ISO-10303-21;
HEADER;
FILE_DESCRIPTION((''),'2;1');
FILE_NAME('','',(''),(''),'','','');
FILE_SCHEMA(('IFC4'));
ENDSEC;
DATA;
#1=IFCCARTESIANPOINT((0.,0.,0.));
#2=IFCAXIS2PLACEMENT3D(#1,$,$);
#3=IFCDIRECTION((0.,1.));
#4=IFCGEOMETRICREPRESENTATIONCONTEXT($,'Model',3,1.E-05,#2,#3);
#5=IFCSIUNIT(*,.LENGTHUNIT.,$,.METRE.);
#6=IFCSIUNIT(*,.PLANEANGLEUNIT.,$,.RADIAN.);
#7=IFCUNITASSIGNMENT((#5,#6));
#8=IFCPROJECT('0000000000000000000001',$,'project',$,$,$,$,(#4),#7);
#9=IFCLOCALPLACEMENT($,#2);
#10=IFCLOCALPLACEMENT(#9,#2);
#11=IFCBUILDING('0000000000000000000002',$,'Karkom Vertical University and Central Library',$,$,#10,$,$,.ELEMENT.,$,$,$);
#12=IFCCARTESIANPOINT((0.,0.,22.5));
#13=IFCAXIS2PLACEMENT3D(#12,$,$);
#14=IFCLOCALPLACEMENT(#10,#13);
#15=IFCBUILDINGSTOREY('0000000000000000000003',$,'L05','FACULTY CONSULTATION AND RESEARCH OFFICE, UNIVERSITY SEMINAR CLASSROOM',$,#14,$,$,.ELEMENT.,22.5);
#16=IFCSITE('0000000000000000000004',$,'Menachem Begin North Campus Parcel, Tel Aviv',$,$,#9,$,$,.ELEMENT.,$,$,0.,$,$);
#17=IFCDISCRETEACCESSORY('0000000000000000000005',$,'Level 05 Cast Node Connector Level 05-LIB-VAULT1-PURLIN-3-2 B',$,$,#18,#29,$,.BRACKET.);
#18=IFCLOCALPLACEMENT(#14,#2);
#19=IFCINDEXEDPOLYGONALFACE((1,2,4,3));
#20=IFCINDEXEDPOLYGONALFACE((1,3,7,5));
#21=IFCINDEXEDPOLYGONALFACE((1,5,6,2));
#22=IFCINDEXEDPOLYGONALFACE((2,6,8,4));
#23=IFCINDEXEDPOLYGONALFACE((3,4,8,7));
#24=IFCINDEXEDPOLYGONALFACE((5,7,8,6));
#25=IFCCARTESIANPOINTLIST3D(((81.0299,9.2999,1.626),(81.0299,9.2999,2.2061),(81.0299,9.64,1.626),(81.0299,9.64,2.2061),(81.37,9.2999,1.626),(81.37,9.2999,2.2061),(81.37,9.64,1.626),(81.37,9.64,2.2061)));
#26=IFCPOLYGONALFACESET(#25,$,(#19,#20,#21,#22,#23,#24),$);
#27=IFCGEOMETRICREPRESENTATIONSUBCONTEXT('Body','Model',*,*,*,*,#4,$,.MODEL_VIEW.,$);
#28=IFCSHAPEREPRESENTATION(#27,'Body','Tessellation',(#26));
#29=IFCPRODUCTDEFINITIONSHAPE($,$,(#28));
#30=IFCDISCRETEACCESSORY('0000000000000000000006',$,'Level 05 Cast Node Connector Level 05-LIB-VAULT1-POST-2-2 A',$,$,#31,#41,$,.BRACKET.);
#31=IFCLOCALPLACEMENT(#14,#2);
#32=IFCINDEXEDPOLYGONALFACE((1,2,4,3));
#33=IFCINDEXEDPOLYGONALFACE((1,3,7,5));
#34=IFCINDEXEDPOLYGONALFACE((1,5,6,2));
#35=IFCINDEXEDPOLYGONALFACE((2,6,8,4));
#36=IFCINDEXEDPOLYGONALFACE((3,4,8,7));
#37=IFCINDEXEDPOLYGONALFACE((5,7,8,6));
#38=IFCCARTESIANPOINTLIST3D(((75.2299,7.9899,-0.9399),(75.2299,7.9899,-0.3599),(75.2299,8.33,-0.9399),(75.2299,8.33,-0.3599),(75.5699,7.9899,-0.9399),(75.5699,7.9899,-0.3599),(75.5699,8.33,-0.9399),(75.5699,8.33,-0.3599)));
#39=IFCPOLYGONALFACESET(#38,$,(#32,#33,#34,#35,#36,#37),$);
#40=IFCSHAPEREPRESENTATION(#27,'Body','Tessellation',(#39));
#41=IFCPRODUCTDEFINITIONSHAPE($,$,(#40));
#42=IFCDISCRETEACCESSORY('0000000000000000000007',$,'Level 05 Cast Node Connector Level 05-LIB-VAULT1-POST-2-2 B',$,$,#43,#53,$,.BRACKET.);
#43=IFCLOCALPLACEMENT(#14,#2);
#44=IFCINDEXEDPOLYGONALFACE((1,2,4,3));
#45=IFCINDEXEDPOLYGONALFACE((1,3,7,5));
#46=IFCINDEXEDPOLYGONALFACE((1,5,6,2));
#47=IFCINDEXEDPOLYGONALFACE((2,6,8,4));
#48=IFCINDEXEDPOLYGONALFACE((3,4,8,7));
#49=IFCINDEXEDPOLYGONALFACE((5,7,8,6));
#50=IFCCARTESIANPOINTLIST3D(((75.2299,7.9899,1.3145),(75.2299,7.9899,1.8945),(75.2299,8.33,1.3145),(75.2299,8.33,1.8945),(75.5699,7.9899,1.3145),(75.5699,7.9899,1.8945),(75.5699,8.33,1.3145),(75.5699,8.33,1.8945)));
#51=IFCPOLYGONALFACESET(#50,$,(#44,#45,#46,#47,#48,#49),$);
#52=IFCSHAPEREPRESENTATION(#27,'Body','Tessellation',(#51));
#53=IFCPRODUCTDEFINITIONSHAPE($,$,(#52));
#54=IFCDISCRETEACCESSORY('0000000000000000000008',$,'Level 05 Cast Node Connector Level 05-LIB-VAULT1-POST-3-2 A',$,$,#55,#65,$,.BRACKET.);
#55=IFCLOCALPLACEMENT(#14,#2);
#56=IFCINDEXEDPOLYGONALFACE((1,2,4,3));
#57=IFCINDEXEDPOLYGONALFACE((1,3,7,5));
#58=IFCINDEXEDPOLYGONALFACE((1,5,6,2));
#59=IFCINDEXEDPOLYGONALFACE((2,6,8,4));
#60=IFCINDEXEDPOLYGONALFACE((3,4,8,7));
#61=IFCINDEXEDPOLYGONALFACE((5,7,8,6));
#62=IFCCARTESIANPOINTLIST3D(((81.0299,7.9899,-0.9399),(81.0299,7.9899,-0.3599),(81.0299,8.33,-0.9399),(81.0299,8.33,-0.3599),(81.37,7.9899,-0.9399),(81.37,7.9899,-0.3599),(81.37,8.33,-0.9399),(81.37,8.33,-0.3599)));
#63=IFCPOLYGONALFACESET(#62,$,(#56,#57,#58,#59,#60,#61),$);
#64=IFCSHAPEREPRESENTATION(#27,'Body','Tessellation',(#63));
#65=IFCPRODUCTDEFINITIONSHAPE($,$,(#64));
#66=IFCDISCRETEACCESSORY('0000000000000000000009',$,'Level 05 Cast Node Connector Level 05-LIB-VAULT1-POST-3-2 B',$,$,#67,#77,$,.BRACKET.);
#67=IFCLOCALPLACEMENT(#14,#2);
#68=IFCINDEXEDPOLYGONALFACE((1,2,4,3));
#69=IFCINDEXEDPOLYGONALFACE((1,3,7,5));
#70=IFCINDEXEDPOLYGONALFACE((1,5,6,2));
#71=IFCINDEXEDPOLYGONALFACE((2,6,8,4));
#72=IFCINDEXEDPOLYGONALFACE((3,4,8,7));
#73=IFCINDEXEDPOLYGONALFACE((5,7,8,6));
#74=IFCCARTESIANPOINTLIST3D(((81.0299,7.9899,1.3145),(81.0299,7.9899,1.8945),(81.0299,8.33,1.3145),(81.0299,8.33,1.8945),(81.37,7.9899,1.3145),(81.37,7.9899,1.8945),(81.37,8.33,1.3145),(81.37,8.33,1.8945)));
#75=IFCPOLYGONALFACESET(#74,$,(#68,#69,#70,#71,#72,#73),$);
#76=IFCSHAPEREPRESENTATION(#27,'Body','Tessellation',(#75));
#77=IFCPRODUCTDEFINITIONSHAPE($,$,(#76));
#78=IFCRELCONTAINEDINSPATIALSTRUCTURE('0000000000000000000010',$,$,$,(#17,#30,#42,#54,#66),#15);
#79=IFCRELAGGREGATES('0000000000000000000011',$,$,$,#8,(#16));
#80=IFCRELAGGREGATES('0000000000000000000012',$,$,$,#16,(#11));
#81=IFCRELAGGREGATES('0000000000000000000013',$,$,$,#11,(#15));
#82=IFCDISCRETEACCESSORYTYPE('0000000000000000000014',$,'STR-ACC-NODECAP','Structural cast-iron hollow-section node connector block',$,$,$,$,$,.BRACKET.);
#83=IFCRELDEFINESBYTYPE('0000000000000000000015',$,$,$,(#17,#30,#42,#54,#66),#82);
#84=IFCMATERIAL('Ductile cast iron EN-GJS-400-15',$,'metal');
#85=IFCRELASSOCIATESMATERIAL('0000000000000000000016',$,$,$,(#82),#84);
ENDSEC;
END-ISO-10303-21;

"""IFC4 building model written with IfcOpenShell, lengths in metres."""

from ifc_helpers import new_model, si_unit, direction, frame, origin, origin_with_axes, origin_2d, place, context, subcontext, project, spatial, rectangle, extrude, source, transform, mapped, material, type_object, element, save


model = new_model("IFC4")

# Units and contexts
model_context = context("Model", 3, precision=1e-05, world=origin(), true_north=direction((0.0, 1.0)))
body_context = subcontext(model_context, "Body", "Model", "MODEL_VIEW")
ifc_project = project(units=[si_unit("LENGTHUNIT", "METRE"), si_unit("PLANEANGLEUNIT", "RADIAN")], contexts=[model_context])

# Site, building, storey
site_placement = place(None, origin())
site = spatial("IfcSite", under=ifc_project, at=site_placement, Name="Menachem Begin North Campus Parcel, Tel Aviv", CompositionType="ELEMENT", RefElevation=0.0)
building_placement = place(site_placement, origin())
building = spatial("IfcBuilding", under=site, at=building_placement, Name="Karkom Vertical University and Central Library", CompositionType="ELEMENT")
storey_placement = place(building_placement, frame((0.0, 0.0, 22.5)))
storey = spatial("IfcBuildingStorey", under=building, at=storey_placement, Name="L05", Description="FACULTY CONSULTATION AND RESEARCH OFFICE, UNIVERSITY SEMINAR CLASSROOM", CompositionType="ELEMENT", Elevation=22.5)

# Discrete accessories
ifc_material_1 = material(Name="Ductile cast iron EN-GJS-400-15", Category="metal")
discrete_accessory_type = type_object("IfcDiscreteAccessoryType", Name="STR-ACC-NODECAP", Description="Structural cast-iron hollow-section node connector block", PredefinedType="BRACKET", material=ifc_material_1)
shared_shape_1 = source(origin_with_axes(), body_context, "Body", "SweptSolid", [
    extrude(rectangle(XDim=0.3401, YDim=0.3401, at=origin_2d()), origin(), (0.0, 0.0, 1.0), 0.5801),
])
for number, where, z_axis, x_axis, name in (
    (1, (81.2, 9.47, 1.626), (0.0, 0.0, 1.0), (1.0, 0.0, 0.0), "Level 05 Cast Node Connector Level 05-LIB-VAULT1-PURLIN-3-2 B"),
    (2, (75.3999, 8.1599, -0.9399), (0.0, 0.0, 1.0), (1.0, 0.0, 0.0), "Level 05 Cast Node Connector Level 05-LIB-VAULT1-POST-2-2 A"),
    (3, (75.3999, 8.1599, 1.3145), (0.0, 0.0, 1.0), (1.0, 0.0, 0.0), "Level 05 Cast Node Connector Level 05-LIB-VAULT1-POST-2-2 B"),
    (4, (81.2, 8.1599, -0.9399), (0.0, 0.0, 1.0), (1.0, 0.0, 0.0), "Level 05 Cast Node Connector Level 05-LIB-VAULT1-POST-3-2 A"),
    (5, (81.2, 8.1599, 1.3145), (0.0, 0.0, 1.0), (1.0, 0.0, 0.0), "Level 05 Cast Node Connector Level 05-LIB-VAULT1-POST-3-2 B"),
):
    element("IfcDiscreteAccessory", number, at=place(storey_placement, frame(where, z_axis=z_axis, x_axis=x_axis)), inside=storey, type_object=discrete_accessory_type, Name=name, PredefinedType="BRACKET", context=body_context, shape_type="MappedRepresentation", body=[
        mapped(shared_shape_1, transform((0.0, 0.0, 0.0), scale=1.0)),
    ])

save(model, "model.ifc")
